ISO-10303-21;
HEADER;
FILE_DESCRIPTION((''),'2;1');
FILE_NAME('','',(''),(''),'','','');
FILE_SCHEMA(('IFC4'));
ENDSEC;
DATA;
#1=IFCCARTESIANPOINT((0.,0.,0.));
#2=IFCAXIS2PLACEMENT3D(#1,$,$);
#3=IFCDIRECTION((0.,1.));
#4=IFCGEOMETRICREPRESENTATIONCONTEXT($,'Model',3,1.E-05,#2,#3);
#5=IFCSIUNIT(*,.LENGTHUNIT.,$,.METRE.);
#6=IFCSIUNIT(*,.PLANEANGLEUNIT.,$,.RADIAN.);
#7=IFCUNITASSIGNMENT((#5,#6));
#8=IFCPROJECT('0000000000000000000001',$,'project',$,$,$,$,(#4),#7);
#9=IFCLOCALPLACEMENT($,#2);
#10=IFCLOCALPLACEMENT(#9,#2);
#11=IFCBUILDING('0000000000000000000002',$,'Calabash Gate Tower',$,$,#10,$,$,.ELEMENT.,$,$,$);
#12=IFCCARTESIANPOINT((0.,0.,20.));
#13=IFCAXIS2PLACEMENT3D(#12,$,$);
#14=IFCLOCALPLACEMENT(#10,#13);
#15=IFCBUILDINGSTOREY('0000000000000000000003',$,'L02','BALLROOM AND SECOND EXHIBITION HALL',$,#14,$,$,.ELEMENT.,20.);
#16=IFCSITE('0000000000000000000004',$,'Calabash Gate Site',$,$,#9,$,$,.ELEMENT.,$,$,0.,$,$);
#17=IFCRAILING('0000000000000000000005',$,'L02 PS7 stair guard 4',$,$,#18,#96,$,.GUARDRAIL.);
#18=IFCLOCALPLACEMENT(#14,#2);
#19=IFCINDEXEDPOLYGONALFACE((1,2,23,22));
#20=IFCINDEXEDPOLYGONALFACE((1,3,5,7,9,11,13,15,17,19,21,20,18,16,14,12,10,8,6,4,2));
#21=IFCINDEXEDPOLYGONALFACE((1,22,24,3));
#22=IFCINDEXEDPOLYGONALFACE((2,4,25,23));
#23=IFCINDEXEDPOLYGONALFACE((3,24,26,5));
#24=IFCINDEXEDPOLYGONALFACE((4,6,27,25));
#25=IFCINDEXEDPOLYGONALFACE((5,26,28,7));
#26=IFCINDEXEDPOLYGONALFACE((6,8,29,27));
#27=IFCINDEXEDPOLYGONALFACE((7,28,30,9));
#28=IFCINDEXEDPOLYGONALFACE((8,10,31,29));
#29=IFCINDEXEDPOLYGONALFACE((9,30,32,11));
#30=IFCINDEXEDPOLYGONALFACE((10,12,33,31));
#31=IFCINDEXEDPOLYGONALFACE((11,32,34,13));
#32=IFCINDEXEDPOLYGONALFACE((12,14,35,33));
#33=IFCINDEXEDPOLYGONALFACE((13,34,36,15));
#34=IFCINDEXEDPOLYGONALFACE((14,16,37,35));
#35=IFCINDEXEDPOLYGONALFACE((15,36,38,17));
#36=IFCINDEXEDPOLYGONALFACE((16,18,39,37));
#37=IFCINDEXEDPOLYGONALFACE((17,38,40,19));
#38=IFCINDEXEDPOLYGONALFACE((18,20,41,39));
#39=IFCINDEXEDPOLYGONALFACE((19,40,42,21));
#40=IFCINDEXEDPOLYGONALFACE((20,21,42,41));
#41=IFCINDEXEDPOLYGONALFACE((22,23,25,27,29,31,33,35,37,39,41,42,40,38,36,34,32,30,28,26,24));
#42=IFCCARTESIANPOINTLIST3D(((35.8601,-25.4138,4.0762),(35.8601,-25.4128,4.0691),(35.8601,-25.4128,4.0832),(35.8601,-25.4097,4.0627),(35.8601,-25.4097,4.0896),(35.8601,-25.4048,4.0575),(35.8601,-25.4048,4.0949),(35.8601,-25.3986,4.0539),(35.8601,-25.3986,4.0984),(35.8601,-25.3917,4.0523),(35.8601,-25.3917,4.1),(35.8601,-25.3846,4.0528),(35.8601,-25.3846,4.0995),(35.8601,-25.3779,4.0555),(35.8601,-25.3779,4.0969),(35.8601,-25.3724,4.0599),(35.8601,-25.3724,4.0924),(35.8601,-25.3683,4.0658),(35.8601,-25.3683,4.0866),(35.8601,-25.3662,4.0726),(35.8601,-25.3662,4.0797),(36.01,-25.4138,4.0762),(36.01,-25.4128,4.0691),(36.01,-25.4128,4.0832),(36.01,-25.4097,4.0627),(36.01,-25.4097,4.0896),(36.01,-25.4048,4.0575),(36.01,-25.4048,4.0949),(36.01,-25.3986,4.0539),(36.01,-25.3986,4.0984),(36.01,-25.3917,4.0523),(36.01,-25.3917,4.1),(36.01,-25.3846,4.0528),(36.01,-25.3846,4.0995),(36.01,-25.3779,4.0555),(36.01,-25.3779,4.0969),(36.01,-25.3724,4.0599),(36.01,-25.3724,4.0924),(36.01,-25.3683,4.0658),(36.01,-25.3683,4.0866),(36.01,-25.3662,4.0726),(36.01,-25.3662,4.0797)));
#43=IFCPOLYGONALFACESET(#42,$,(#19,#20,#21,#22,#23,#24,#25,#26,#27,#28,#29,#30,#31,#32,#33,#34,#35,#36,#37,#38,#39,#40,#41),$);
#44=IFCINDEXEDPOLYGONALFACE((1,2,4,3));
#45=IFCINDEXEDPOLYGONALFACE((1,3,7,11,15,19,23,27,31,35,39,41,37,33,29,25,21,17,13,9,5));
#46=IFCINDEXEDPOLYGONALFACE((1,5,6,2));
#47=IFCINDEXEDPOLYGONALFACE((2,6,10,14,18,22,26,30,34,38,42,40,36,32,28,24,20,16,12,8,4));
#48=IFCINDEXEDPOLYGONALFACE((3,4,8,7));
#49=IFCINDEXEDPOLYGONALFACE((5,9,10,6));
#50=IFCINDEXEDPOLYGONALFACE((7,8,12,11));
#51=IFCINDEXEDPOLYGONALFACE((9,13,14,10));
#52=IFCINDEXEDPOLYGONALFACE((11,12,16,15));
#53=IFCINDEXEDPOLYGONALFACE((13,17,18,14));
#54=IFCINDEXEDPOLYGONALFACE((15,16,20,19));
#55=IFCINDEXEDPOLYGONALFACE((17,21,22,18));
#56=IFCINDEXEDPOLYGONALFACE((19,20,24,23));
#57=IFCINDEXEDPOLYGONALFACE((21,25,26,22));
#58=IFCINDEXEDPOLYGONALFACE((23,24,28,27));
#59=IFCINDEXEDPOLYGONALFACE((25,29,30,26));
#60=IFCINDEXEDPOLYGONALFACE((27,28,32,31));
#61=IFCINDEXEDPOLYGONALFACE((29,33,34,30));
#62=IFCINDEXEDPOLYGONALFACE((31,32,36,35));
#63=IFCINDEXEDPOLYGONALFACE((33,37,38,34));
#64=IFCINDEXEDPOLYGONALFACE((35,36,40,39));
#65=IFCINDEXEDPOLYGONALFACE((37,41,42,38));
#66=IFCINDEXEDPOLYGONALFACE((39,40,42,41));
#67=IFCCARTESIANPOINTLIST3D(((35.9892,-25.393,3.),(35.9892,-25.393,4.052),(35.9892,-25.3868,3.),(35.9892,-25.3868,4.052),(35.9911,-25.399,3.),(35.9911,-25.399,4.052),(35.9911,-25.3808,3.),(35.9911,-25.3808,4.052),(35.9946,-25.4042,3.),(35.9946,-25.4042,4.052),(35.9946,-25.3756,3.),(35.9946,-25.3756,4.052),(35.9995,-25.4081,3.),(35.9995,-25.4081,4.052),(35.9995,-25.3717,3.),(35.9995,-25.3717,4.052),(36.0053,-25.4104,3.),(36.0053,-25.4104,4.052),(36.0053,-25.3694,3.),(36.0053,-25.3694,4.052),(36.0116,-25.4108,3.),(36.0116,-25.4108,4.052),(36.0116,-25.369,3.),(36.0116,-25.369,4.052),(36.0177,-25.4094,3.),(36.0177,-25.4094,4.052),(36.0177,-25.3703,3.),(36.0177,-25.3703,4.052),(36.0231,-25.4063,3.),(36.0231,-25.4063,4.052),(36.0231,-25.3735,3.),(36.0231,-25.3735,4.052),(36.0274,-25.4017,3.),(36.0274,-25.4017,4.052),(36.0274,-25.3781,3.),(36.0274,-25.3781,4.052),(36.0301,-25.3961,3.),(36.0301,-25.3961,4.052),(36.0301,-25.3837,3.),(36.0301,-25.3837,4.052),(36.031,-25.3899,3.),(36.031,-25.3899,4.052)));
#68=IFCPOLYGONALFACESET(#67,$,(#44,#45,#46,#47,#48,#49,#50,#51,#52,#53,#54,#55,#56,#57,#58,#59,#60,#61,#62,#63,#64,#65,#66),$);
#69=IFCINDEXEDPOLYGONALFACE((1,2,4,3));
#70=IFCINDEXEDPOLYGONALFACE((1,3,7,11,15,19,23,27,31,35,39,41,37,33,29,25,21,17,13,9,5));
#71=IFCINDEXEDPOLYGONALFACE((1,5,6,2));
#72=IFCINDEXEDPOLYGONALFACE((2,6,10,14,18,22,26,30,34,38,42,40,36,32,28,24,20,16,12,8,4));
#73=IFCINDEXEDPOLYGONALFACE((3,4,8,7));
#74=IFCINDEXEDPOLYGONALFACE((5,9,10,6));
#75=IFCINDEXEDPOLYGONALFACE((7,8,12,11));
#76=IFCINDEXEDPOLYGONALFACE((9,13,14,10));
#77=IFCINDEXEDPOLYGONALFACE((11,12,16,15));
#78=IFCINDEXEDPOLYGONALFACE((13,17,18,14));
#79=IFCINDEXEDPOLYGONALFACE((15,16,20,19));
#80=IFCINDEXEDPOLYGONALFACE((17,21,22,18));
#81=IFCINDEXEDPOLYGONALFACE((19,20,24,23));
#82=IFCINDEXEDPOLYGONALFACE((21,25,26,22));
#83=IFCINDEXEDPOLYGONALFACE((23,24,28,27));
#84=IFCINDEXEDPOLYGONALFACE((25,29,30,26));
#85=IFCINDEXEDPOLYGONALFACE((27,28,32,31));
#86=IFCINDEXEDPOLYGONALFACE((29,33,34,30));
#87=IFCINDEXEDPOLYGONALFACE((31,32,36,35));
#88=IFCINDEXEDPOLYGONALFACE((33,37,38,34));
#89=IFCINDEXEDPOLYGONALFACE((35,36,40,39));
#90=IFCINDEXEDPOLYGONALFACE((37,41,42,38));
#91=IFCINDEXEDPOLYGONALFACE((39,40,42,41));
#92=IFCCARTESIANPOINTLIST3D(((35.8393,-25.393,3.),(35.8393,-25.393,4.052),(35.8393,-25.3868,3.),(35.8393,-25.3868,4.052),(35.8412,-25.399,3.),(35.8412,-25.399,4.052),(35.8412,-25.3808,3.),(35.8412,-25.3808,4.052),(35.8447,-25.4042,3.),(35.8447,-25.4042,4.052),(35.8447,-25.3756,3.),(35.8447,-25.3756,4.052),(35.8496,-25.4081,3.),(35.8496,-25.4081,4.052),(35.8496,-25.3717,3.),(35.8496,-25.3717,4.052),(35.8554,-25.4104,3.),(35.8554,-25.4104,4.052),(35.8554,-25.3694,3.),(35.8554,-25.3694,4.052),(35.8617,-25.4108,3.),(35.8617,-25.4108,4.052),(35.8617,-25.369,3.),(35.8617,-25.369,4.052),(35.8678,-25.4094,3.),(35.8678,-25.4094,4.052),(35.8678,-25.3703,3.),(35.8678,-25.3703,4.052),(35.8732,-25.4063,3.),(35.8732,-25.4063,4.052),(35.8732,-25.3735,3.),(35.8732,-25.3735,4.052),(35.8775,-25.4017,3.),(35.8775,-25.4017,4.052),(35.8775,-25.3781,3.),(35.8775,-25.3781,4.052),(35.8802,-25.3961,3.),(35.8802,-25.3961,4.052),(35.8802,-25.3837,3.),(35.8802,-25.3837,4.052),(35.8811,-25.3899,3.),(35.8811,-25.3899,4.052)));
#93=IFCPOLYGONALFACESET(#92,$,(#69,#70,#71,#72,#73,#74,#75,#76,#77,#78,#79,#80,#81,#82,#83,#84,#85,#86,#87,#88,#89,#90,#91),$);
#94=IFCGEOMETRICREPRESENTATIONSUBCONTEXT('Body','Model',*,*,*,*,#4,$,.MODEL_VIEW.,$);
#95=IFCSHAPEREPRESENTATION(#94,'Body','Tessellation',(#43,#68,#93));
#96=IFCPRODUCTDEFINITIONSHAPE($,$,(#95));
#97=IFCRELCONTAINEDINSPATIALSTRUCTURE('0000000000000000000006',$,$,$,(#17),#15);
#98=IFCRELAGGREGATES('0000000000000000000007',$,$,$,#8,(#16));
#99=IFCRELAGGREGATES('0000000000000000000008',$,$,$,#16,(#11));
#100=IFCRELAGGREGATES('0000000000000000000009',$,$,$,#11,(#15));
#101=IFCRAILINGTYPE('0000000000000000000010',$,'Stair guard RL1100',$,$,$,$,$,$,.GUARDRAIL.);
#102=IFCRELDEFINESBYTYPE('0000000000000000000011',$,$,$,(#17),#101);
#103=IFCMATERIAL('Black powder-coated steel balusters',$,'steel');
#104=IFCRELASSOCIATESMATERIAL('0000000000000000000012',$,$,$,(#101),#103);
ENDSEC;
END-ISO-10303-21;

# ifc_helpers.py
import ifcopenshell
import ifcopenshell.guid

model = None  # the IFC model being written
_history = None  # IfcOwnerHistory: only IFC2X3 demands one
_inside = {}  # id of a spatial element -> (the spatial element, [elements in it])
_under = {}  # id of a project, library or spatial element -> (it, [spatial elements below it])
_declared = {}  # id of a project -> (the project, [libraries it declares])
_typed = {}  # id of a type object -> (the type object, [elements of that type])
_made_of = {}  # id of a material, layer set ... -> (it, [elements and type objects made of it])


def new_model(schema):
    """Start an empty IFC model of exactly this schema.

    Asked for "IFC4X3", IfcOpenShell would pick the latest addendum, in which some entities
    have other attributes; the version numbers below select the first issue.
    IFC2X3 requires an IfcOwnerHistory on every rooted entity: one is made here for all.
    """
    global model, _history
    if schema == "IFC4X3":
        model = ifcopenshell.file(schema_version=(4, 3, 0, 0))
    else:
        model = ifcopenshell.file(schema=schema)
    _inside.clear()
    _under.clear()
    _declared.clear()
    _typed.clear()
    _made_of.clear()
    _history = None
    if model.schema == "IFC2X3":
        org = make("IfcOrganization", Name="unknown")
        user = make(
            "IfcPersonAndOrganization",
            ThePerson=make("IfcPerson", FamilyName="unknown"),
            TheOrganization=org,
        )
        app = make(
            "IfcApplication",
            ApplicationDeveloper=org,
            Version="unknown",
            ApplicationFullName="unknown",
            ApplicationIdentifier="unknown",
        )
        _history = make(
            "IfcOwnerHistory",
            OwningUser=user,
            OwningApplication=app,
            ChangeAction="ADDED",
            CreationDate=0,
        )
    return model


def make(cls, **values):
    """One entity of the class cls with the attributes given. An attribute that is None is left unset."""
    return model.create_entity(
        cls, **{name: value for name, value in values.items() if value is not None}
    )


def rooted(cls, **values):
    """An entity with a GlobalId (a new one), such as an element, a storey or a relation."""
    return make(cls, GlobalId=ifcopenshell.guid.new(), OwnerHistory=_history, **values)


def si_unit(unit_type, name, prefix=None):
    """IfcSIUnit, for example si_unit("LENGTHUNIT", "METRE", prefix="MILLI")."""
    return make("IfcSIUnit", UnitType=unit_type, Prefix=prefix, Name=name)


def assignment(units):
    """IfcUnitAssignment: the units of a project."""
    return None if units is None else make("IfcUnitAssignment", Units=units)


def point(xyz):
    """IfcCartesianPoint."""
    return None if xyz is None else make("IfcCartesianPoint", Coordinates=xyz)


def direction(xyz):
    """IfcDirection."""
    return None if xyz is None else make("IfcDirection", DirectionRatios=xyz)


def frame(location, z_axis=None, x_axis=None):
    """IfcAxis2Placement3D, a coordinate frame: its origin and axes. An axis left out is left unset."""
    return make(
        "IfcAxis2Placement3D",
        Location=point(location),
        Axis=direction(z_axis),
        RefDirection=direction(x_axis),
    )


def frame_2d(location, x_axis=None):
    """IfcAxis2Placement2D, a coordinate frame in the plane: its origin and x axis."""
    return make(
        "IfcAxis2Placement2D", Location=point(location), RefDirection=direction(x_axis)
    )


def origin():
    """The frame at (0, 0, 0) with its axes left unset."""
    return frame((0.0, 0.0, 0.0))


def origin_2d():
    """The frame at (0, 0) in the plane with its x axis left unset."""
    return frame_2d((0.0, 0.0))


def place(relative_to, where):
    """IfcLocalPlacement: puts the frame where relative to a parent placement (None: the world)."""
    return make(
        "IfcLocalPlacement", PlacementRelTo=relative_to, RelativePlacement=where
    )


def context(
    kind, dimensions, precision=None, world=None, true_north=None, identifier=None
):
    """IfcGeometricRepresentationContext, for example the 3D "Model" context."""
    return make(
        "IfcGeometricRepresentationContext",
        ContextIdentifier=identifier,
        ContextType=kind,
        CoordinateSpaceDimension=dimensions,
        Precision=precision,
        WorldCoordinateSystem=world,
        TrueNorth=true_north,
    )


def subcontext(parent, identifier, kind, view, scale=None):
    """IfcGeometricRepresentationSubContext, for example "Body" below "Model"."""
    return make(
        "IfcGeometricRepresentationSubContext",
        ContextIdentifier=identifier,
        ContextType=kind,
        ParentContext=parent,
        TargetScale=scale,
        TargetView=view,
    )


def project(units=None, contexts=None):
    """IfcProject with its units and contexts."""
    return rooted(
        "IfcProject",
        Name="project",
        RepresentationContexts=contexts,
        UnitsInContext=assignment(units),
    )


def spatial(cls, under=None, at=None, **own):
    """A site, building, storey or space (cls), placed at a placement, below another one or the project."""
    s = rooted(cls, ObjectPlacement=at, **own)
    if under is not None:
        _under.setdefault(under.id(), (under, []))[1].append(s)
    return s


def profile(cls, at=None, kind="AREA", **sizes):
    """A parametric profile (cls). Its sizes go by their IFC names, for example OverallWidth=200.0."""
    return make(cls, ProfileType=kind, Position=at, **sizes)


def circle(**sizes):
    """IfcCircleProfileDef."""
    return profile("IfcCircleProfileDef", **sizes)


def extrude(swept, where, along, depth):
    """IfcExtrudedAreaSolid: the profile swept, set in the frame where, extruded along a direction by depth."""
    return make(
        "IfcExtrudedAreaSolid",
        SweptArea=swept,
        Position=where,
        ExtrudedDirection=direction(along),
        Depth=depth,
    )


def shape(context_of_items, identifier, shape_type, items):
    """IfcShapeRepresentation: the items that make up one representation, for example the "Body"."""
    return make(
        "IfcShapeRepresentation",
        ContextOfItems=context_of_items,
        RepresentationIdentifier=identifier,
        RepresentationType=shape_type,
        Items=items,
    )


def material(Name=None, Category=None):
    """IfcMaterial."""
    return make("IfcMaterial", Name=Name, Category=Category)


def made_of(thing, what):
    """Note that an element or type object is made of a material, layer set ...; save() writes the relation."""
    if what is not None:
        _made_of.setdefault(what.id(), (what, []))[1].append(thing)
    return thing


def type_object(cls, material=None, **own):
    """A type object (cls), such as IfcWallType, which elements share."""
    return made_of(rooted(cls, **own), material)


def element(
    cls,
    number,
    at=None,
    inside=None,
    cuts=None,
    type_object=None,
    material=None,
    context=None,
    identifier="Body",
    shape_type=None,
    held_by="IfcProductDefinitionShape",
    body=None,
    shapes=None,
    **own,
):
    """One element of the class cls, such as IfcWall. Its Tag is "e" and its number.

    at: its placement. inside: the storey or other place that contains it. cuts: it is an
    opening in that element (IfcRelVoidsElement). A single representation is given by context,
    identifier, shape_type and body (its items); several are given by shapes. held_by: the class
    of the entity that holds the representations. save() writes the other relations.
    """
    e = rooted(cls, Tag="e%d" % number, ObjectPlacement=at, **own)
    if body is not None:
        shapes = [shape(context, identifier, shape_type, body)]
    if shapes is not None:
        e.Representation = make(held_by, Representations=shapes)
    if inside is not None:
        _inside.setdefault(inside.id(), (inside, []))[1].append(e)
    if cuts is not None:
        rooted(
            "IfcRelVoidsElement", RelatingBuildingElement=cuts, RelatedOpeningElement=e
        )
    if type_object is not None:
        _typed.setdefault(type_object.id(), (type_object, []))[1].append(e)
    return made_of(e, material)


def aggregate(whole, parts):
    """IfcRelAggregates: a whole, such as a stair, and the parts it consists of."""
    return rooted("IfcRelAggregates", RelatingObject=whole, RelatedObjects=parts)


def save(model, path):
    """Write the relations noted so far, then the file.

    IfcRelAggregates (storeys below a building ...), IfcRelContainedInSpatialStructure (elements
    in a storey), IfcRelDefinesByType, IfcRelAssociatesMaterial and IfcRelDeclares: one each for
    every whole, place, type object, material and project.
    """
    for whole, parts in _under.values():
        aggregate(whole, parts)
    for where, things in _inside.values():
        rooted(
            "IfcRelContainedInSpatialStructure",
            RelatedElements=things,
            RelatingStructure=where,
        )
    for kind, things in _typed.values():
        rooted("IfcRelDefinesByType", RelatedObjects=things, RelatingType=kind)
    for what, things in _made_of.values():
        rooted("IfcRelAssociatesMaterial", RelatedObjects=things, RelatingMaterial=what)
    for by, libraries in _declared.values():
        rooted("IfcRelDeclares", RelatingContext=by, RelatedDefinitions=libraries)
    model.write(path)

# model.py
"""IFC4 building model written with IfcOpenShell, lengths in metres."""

from ifc_helpers import new_model, si_unit, direction, frame, origin, origin_2d, place, context, subcontext, project, spatial, circle, extrude, material, type_object, element, save


model = new_model("IFC4")

# Units and contexts
model_context = context("Model", 3, precision=1e-05, world=origin(), true_north=direction((0.0, 1.0)))
body_context = subcontext(model_context, "Body", "Model", "MODEL_VIEW")
ifc_project = project(units=[si_unit("LENGTHUNIT", "METRE"), si_unit("PLANEANGLEUNIT", "RADIAN")], contexts=[model_context])

# Site, building, storey
site_placement = place(None, origin())
site = spatial("IfcSite", under=ifc_project, at=site_placement, Name="Calabash Gate Site", CompositionType="ELEMENT", RefElevation=0.0)
building_placement = place(site_placement, origin())
building = spatial("IfcBuilding", under=site, at=building_placement, Name="Calabash Gate Tower", CompositionType="ELEMENT")
storey_placement = place(building_placement, frame((0.0, 0.0, 20.0)))
storey = spatial("IfcBuildingStorey", under=building, at=storey_placement, Name="L02", Description="BALLROOM AND SECOND EXHIBITION HALL", CompositionType="ELEMENT", Elevation=20.0)

# Railing
ifc_material_1 = material(Name="Black powder-coated steel balusters", Category="steel")
railing_type_1 = type_object("IfcRailingType", Name="Stair guard RL1100", PredefinedType="GUARDRAIL", material=ifc_material_1)
railing_1_placement = place(storey_placement, frame((36.01, -25.3899, 3.0)))
element("IfcRailing", 1, at=railing_1_placement, inside=storey, type_object=railing_type_1, Name="L02 PS7 stair guard 4", PredefinedType="GUARDRAIL", context=body_context, shape_type="SweptSolid", body=[
    extrude(circle(Radius=0.0239, at=origin_2d()), frame((0.0, 0.0, 1.0762), z_axis=(-1.0, 0.0, 0.0), x_axis=(0.0, -1.0, 0.0)), (0.0, 0.0, 1.0), 0.1499),
    extrude(circle(Radius=0.021, at=origin_2d()), origin(), (0.0, 0.0, 1.0), 1.052),
    extrude(circle(Radius=0.021, at=origin_2d()), frame((-0.1499, 0.0, 0.0)), (0.0, 0.0, 1.0), 1.052),
])

save(model, "model.ifc")
